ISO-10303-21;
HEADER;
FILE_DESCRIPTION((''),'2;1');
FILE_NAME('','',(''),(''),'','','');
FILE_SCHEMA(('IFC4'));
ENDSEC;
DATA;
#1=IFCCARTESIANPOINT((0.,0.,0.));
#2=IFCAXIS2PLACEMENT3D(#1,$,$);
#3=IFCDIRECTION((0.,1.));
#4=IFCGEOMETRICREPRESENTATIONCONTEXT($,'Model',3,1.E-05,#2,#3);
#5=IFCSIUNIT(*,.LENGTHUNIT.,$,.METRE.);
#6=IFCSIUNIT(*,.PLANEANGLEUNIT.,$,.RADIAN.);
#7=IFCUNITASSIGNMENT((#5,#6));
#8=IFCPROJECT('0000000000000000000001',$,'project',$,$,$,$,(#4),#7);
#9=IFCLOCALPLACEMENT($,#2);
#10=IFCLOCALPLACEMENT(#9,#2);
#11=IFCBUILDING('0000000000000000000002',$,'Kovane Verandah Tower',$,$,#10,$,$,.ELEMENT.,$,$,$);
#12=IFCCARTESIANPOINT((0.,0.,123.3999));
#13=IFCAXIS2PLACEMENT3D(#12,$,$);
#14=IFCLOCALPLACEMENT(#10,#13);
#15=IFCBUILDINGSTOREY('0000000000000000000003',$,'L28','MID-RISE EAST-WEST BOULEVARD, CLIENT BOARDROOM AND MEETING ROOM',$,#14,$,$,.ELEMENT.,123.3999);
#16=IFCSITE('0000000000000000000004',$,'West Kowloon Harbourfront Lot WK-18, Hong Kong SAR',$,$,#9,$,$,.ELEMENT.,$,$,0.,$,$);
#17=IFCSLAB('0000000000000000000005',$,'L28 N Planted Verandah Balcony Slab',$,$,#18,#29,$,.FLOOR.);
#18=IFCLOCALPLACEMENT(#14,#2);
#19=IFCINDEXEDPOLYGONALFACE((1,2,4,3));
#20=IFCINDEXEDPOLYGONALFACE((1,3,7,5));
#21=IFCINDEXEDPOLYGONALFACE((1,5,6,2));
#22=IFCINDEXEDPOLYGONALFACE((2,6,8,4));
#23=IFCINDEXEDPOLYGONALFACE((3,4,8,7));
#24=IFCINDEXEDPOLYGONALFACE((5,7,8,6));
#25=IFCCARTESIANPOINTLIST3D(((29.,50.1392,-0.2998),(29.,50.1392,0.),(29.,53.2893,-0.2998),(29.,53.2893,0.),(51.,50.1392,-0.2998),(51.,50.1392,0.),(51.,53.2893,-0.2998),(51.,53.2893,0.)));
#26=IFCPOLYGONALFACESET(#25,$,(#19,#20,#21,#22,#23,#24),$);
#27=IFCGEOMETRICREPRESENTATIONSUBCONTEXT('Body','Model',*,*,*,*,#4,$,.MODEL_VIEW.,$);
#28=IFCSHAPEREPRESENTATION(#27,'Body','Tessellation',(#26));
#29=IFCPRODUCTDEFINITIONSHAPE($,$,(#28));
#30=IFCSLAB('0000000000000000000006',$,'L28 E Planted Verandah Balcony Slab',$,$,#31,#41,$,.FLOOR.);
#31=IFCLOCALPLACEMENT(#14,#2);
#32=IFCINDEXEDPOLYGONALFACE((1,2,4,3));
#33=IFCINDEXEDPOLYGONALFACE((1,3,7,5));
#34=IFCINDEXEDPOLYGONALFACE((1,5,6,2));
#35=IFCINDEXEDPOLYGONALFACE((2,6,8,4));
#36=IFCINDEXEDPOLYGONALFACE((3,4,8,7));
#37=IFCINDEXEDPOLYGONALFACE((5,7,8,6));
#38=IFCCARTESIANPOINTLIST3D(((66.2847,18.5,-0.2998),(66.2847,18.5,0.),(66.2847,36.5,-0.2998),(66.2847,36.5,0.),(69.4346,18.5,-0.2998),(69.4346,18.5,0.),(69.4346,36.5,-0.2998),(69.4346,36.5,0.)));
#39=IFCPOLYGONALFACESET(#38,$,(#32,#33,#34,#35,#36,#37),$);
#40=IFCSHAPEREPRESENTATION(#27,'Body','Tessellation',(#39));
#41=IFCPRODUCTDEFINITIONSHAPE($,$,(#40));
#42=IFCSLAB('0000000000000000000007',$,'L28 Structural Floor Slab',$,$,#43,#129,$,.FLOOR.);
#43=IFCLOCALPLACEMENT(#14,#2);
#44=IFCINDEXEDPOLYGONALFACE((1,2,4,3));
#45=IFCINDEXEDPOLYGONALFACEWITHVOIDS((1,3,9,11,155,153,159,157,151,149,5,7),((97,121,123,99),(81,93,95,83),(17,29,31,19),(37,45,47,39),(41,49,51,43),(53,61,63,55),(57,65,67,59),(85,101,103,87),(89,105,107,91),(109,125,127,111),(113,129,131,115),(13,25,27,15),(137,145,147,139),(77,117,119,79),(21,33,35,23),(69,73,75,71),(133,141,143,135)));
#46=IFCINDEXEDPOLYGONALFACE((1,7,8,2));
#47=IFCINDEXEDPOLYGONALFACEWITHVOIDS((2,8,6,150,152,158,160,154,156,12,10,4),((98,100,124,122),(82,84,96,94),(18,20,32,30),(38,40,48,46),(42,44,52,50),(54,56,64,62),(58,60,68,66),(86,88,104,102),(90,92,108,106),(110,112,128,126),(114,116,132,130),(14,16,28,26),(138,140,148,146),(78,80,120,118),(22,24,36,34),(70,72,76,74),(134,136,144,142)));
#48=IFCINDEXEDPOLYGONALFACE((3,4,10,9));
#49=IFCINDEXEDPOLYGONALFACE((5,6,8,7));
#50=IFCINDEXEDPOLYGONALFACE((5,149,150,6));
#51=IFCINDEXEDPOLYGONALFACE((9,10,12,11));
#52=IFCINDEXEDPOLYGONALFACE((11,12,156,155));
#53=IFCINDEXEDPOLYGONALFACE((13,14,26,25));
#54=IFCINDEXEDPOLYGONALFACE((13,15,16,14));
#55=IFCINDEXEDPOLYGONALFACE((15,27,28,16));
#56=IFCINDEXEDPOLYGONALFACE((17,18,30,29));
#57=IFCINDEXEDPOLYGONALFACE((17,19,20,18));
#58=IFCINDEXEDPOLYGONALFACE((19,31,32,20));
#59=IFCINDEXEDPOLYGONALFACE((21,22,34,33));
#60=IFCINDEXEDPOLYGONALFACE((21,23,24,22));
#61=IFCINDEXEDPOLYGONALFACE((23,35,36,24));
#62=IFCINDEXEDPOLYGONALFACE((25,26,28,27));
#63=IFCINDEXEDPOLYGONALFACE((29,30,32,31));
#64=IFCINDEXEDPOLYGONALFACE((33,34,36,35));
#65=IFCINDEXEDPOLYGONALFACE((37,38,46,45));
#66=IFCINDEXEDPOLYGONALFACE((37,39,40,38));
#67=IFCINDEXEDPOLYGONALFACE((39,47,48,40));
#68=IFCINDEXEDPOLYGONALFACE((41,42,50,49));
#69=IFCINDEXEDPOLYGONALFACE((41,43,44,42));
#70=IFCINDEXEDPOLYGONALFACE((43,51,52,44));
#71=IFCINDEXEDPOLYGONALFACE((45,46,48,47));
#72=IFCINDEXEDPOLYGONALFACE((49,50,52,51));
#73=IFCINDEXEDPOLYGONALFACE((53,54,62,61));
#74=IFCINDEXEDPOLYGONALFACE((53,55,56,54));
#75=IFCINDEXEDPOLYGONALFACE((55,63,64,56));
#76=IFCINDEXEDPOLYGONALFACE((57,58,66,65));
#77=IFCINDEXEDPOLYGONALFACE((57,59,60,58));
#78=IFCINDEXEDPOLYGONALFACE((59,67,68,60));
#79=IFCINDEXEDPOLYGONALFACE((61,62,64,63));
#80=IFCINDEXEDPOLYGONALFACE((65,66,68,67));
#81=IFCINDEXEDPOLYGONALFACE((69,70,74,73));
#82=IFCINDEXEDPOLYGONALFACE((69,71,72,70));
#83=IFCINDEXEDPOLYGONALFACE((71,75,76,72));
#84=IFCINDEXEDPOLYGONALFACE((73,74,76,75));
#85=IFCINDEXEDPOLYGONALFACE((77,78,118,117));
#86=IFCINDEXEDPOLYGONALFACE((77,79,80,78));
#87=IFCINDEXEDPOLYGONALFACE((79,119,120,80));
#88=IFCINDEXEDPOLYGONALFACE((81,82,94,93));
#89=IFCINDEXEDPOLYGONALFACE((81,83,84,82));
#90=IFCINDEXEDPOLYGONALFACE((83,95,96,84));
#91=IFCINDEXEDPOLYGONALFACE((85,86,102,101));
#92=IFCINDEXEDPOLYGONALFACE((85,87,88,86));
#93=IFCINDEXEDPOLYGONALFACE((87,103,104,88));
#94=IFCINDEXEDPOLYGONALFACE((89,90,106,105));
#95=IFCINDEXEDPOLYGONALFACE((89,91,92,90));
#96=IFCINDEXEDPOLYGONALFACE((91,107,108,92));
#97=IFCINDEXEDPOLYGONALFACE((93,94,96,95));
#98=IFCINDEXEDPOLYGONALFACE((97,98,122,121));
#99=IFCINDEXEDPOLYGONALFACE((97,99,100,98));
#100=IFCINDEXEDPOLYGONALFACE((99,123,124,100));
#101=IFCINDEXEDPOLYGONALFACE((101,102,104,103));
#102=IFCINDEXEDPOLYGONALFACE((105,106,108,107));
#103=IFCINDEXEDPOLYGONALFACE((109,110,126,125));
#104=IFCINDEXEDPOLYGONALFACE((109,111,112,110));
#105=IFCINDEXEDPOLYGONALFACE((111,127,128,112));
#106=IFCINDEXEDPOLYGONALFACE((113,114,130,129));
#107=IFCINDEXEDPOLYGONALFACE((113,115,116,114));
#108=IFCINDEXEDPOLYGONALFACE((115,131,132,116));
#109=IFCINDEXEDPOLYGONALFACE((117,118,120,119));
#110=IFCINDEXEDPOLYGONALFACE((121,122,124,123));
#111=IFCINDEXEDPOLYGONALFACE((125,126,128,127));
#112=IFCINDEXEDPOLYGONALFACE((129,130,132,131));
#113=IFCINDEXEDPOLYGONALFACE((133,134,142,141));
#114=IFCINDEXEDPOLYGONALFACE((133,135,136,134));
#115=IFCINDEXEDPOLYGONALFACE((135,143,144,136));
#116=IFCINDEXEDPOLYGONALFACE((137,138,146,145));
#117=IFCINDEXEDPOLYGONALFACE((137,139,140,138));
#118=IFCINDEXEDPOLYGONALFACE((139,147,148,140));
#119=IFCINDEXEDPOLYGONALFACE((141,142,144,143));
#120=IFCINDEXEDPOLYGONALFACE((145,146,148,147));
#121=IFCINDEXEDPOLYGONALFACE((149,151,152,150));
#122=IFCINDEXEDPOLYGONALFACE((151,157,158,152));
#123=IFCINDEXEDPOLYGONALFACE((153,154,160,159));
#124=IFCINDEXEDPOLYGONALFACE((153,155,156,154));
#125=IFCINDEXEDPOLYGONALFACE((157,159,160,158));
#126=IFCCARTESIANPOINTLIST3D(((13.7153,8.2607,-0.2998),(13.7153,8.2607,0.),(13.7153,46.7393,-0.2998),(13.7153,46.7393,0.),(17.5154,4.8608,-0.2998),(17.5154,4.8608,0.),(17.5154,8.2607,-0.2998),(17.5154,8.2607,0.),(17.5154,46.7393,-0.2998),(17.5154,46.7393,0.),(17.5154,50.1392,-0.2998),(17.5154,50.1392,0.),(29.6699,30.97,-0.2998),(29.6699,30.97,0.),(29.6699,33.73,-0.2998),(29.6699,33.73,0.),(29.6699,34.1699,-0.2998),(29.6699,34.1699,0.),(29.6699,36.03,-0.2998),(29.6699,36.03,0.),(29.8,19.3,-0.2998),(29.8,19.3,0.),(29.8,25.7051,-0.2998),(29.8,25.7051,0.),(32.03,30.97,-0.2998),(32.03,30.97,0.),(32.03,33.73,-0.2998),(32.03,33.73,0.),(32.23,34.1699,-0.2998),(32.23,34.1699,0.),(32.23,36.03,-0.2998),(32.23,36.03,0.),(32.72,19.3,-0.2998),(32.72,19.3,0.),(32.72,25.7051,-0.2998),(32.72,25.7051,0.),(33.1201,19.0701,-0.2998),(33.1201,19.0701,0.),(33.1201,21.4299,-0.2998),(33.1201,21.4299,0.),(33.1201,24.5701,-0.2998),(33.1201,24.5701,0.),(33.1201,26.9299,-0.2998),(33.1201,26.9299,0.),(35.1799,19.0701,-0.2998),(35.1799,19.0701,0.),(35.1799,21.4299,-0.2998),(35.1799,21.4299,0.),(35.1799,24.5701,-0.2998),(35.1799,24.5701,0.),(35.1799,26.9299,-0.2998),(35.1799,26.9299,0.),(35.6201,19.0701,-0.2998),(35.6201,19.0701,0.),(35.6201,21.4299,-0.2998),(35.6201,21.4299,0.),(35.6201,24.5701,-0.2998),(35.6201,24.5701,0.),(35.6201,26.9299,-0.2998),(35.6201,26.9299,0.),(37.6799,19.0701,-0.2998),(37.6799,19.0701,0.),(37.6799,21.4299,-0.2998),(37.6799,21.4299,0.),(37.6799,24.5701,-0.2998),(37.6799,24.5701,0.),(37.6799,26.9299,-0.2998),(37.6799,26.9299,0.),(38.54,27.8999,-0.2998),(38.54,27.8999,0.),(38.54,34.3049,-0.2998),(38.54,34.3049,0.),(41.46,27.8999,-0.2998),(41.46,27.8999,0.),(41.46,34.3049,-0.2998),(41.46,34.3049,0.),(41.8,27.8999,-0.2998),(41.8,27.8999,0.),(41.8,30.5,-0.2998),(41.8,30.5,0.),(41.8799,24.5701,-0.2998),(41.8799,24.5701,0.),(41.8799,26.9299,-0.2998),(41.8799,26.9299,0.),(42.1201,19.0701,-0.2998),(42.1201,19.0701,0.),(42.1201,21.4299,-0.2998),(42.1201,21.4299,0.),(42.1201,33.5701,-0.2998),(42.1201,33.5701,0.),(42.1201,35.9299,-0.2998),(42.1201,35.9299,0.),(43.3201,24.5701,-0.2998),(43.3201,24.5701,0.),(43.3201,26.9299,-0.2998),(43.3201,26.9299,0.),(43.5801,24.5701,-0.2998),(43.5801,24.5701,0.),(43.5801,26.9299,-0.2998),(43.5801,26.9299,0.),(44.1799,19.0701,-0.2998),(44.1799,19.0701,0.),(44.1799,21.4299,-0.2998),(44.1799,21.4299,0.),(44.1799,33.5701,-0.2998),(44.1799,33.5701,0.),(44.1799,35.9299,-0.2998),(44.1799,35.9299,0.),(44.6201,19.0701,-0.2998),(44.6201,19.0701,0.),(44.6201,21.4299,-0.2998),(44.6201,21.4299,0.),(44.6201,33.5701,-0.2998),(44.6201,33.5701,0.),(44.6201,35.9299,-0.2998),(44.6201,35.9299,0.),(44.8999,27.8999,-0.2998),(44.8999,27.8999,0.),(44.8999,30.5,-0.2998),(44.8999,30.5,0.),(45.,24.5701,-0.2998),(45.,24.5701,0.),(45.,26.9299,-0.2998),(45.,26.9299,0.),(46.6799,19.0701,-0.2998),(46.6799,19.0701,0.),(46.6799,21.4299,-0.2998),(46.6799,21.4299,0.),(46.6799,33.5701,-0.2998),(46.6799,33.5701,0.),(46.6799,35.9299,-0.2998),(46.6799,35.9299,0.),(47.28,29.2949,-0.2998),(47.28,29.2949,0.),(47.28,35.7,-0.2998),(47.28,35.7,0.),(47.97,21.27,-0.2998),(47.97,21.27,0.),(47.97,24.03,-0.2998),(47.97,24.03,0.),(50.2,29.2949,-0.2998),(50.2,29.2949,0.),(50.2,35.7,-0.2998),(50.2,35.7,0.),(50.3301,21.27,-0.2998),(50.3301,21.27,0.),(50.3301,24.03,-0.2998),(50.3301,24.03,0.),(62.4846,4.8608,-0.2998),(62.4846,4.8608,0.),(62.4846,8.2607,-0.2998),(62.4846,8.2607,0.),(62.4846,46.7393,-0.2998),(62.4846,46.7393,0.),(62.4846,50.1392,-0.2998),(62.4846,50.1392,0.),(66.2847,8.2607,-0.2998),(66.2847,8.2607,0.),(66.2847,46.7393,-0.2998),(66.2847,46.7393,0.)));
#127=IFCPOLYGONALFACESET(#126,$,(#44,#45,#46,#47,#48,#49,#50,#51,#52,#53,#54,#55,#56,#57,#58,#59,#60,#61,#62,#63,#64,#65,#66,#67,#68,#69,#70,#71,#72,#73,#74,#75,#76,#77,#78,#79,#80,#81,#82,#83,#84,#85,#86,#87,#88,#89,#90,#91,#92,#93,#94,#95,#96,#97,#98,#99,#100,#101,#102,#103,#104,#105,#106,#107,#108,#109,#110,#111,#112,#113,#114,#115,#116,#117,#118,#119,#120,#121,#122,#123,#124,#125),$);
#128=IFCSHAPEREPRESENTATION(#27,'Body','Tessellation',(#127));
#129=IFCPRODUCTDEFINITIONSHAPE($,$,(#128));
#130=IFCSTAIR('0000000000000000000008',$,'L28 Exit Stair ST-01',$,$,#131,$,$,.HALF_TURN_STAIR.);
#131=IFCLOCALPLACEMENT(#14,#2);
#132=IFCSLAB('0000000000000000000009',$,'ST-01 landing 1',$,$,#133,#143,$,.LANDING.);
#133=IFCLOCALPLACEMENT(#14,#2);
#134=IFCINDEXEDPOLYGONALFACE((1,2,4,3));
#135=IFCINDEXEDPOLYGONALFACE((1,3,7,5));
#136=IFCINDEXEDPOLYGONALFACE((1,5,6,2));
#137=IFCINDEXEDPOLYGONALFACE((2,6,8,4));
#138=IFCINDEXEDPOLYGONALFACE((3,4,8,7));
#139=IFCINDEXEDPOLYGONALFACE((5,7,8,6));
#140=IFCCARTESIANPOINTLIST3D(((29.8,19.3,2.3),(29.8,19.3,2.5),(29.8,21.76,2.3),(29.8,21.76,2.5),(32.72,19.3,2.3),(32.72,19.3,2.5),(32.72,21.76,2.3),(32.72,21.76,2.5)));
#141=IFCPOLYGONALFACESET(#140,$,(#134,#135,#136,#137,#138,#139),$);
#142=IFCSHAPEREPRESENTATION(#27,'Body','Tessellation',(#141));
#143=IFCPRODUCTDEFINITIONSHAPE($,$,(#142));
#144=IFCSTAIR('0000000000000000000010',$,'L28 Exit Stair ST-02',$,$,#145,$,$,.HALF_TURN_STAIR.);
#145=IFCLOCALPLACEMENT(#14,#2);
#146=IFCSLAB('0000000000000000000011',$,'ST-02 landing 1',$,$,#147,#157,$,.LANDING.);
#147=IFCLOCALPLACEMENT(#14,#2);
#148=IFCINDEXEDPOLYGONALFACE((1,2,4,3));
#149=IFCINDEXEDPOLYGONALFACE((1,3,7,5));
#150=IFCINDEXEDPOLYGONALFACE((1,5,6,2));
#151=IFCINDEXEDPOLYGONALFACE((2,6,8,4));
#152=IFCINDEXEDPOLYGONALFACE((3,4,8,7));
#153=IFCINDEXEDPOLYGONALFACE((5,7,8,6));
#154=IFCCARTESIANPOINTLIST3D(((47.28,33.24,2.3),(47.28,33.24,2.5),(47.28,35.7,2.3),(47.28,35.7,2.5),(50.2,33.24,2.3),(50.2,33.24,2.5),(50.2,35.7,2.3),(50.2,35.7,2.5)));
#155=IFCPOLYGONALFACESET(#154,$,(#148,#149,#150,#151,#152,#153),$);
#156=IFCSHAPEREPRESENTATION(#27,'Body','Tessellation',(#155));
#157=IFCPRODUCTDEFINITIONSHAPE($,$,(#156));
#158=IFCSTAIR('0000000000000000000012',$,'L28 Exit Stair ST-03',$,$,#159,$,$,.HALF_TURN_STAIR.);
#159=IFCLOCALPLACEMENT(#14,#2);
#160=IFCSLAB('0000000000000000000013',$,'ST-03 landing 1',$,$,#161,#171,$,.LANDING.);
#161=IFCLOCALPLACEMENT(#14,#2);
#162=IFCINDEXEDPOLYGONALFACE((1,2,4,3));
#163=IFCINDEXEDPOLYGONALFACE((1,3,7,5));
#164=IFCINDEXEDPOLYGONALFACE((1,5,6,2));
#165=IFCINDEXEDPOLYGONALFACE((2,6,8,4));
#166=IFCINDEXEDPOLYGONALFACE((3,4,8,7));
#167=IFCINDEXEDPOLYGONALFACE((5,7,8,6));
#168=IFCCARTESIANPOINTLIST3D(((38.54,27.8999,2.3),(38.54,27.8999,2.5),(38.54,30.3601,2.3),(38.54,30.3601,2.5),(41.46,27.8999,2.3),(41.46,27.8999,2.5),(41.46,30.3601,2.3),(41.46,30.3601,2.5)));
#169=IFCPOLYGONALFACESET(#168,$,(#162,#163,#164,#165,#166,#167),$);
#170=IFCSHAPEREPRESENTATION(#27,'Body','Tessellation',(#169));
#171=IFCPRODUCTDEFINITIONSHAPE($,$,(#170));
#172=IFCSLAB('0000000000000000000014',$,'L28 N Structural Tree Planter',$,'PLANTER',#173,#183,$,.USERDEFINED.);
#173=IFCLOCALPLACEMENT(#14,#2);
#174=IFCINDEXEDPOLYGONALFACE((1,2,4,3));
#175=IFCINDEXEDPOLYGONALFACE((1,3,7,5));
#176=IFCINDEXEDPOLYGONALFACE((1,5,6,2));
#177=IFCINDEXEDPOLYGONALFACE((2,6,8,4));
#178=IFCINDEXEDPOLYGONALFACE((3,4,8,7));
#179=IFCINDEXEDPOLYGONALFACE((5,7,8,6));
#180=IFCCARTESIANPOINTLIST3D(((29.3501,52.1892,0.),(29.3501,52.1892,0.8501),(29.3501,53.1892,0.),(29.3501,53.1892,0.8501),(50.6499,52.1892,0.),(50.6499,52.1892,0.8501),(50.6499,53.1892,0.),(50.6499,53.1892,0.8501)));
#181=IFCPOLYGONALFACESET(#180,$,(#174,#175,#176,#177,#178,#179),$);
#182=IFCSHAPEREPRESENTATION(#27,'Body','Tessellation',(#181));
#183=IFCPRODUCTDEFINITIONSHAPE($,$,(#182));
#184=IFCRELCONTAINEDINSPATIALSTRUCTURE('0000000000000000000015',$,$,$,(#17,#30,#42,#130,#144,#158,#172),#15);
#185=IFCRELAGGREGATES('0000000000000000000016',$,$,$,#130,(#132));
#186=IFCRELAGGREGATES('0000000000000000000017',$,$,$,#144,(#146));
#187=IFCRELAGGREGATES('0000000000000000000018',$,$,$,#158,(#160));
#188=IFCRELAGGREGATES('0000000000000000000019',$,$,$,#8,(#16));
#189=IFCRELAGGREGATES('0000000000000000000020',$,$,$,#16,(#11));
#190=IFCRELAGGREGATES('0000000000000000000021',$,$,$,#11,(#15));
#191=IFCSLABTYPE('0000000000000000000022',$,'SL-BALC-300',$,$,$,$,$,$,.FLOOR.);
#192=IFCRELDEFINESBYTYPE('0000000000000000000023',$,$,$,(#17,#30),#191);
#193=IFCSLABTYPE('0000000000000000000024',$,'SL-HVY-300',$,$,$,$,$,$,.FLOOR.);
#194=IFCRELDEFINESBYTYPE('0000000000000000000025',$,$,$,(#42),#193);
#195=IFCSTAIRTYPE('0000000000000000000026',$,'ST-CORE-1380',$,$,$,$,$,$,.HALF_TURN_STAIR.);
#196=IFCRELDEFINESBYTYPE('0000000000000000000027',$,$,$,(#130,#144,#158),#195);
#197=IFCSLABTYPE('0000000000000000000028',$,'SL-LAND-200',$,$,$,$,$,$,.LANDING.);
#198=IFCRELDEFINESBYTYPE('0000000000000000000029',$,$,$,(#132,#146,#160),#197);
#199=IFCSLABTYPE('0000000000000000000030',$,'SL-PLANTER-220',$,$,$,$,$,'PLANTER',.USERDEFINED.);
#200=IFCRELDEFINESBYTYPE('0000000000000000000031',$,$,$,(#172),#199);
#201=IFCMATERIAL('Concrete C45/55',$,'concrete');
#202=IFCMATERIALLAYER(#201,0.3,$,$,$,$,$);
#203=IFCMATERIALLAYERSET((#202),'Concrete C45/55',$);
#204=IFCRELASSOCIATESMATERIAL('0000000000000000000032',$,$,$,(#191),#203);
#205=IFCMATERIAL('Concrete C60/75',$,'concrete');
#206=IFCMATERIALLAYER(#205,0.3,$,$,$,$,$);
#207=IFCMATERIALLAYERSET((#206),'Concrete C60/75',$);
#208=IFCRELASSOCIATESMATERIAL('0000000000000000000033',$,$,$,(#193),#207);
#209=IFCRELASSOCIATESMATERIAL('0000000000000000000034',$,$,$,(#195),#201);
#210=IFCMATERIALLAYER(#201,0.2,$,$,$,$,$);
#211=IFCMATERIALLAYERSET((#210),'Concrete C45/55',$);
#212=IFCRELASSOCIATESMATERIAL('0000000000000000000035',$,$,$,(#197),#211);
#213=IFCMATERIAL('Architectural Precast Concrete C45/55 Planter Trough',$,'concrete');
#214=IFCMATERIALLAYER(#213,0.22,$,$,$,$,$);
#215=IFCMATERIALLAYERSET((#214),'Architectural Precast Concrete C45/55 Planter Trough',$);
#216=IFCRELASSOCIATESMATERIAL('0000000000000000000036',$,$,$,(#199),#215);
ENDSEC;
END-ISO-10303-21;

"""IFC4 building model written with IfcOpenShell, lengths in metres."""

from ifc_helpers import new_model, si_unit, direction, frame, origin, place, context, subcontext, project, spatial, polyline, outline, extrude, material, layer, layer_set, type_object, element, aggregate, save


model = new_model("IFC4")

# Units and contexts
model_context = context("Model", 3, precision=1e-05, world=origin(), true_north=direction((0.0, 1.0)))
body_context = subcontext(model_context, "Body", "Model", "MODEL_VIEW")
ifc_project = project(units=[si_unit("LENGTHUNIT", "METRE"), si_unit("PLANEANGLEUNIT", "RADIAN")], contexts=[model_context])

# Site, building, storey
site_placement = place(None, origin())
site = spatial("IfcSite", under=ifc_project, at=site_placement, Name="West Kowloon Harbourfront Lot WK-18, Hong Kong SAR", CompositionType="ELEMENT", RefElevation=0.0)
building_placement = place(site_placement, origin())
building = spatial("IfcBuilding", under=site, at=building_placement, Name="Kovane Verandah Tower", CompositionType="ELEMENT")
storey_placement = place(building_placement, frame((0.0, 0.0, 123.3999)))
storey = spatial("IfcBuildingStorey", under=building, at=storey_placement, Name="L28", Description="MID-RISE EAST-WEST BOULEVARD, CLIENT BOARDROOM AND MEETING ROOM", CompositionType="ELEMENT", Elevation=123.3999)

# Slabs
ifc_material_1 = material(Name="Concrete C45/55", Category="concrete")
ifc_layer_1 = layer(ifc_material_1, 0.3)
ifc_layer_set_1 = layer_set([ifc_layer_1], Name="Concrete C45/55")
slab_type_1 = type_object("IfcSlabType", Name="SL-BALC-300", PredefinedType="FLOOR", material=ifc_layer_set_1)
slab_1_placement = place(storey_placement, frame((0.0, 0.0, -0.2998)))
element("IfcSlab", 1, at=slab_1_placement, inside=storey, type_object=slab_type_1, Name="L28 N Planted Verandah Balcony Slab", PredefinedType="FLOOR", context=body_context, shape_type="SweptSolid", body=[
    extrude(outline(polyline([(29.0, 50.1392), (51.0, 50.1392), (51.0, 53.2893), (29.0, 53.2893), (29.0, 50.1392)])), origin(), (0.0, 0.0, 1.0), 0.2998),
])
slab_2_placement = place(storey_placement, frame((0.0, 0.0, -0.2998)))
element("IfcSlab", 2, at=slab_2_placement, inside=storey, type_object=slab_type_1, Name="L28 E Planted Verandah Balcony Slab", PredefinedType="FLOOR", context=body_context, shape_type="SweptSolid", body=[
    extrude(outline(polyline([(66.2847, 18.5), (69.4346, 18.5), (69.4346, 36.5), (66.2847, 36.5), (66.2847, 18.5)])), origin(), (0.0, 0.0, 1.0), 0.2998),
])
ifc_material_2 = material(Name="Concrete C60/75", Category="concrete")
ifc_layer_2 = layer(ifc_material_2, 0.3)
ifc_layer_set_2 = layer_set([ifc_layer_2], Name="Concrete C60/75")
slab_type_2 = type_object("IfcSlabType", Name="SL-HVY-300", PredefinedType="FLOOR", material=ifc_layer_set_2)
slab_3_placement = place(storey_placement, frame((0.0, 0.0, -0.2998)))
element("IfcSlab", 3, at=slab_3_placement, inside=storey, type_object=slab_type_2, Name="L28 Structural Floor Slab", PredefinedType="FLOOR", context=body_context, shape_type="SweptSolid", body=[
    extrude(outline(polyline([(17.5154, 4.8608), (62.4846, 4.8608), (62.4846, 8.2607), (66.2847, 8.2607), (66.2847, 46.7393), (62.4846, 46.7393), (62.4846, 50.1392), (17.5154, 50.1392), (17.5154, 46.7393), (13.7153, 46.7393), (13.7153, 8.2607), (17.5154, 8.2607), (17.5154, 4.8608)]), holes=[polyline([(29.8, 19.3), (32.72, 19.3), (32.72, 25.7051), (29.8, 25.7051), (29.8, 19.3)]), polyline([(47.28, 29.2949), (50.2, 29.2949), (50.2, 35.7), (47.28, 35.7), (47.28, 29.2949)]), polyline([(38.54, 27.8999), (41.46, 27.8999), (41.46, 34.3049), (38.54, 34.3049), (38.54, 27.8999)]), polyline([(29.6699, 30.97), (32.03, 30.97), (32.03, 33.73), (29.6699, 33.73), (29.6699, 30.97)]), polyline([(47.97, 21.27), (50.3301, 21.27), (50.3301, 24.03), (47.97, 24.03), (47.97, 21.27)]), polyline([(29.6699, 34.1699), (32.23, 34.1699), (32.23, 36.03), (29.6699, 36.03), (29.6699, 34.1699)]), polyline([(33.1201, 19.0701), (35.1799, 19.0701), (35.1799, 21.4299), (33.1201, 21.4299), (33.1201, 19.0701)]), polyline([(35.6201, 19.0701), (37.6799, 19.0701), (37.6799, 21.4299), (35.6201, 21.4299), (35.6201, 19.0701)]), polyline([(33.1201, 24.5701), (35.1799, 24.5701), (35.1799, 26.9299), (33.1201, 26.9299), (33.1201, 24.5701)]), polyline([(35.6201, 24.5701), (37.6799, 24.5701), (37.6799, 26.9299), (35.6201, 26.9299), (35.6201, 24.5701)]), polyline([(42.1201, 19.0701), (44.1799, 19.0701), (44.1799, 21.4299), (42.1201, 21.4299), (42.1201, 19.0701)]), polyline([(44.6201, 19.0701), (46.6799, 19.0701), (46.6799, 21.4299), (44.6201, 21.4299), (44.6201, 19.0701)]), polyline([(41.8799, 24.5701), (43.3201, 24.5701), (43.3201, 26.9299), (41.8799, 26.9299), (41.8799, 24.5701)]), polyline([(43.5801, 24.5701), (45.0, 24.5701), (45.0, 26.9299), (43.5801, 26.9299), (43.5801, 24.5701)]), polyline([(42.1201, 33.5701), (44.1799, 33.5701), (44.1799, 35.9299), (42.1201, 35.9299), (42.1201, 33.5701)]), polyline([(44.6201, 33.5701), (46.6799, 33.5701), (46.6799, 35.9299), (44.6201, 35.9299), (44.6201, 33.5701)]), polyline([(41.8, 27.8999), (44.8999, 27.8999), (44.8999, 30.5), (41.8, 30.5), (41.8, 27.8999)])]), origin(), (0.0, 0.0, 1.0), 0.2998),
])

# Stairs, slabs
stair_type = type_object("IfcStairType", Name="ST-CORE-1380", PredefinedType="HALF_TURN_STAIR", material=ifc_material_1)
stair_1_placement = place(storey_placement, origin())
stair_1 = element("IfcStair", 4, at=stair_1_placement, inside=storey, type_object=stair_type, Name="L28 Exit Stair ST-01", PredefinedType="HALF_TURN_STAIR")
ifc_layer_3 = layer(ifc_material_1, 0.2)
ifc_layer_set_3 = layer_set([ifc_layer_3], Name="Concrete C45/55")
slab_type_3 = type_object("IfcSlabType", Name="SL-LAND-200", PredefinedType="LANDING", material=ifc_layer_set_3)
slab_4_placement = place(storey_placement, frame((0.0, 0.0, 2.3)))
slab_4 = element("IfcSlab", 5, at=slab_4_placement, type_object=slab_type_3, Name="ST-01 landing 1", PredefinedType="LANDING", context=body_context, shape_type="SweptSolid", body=[
    extrude(outline(polyline([(29.8, 21.76), (29.8, 19.3), (32.72, 19.3), (32.72, 21.76), (29.8, 21.76)])), origin(), (0.0, 0.0, 1.0), 0.2),
])
aggregate(stair_1, [slab_4])
stair_2_placement = place(storey_placement, origin())
stair_2 = element("IfcStair", 6, at=stair_2_placement, inside=storey, type_object=stair_type, Name="L28 Exit Stair ST-02", PredefinedType="HALF_TURN_STAIR")
slab_5_placement = place(storey_placement, frame((0.0, 0.0, 2.3)))
slab_5 = element("IfcSlab", 7, at=slab_5_placement, type_object=slab_type_3, Name="ST-02 landing 1", PredefinedType="LANDING", context=body_context, shape_type="SweptSolid", body=[
    extrude(outline(polyline([(50.2, 33.24), (50.2, 35.7), (47.28, 35.7), (47.28, 33.24), (50.2, 33.24)])), origin(), (0.0, 0.0, 1.0), 0.2),
])
aggregate(stair_2, [slab_5])
stair_3_placement = place(storey_placement, origin())
stair_3 = element("IfcStair", 8, at=stair_3_placement, inside=storey, type_object=stair_type, Name="L28 Exit Stair ST-03", PredefinedType="HALF_TURN_STAIR")
slab_6_placement = place(storey_placement, frame((0.0, 0.0, 2.3)))
slab_6 = element("IfcSlab", 9, at=slab_6_placement, type_object=slab_type_3, Name="ST-03 landing 1", PredefinedType="LANDING", context=body_context, shape_type="SweptSolid", body=[
    extrude(outline(polyline([(38.54, 30.3601), (38.54, 27.8999), (41.46, 27.8999), (41.46, 30.3601), (38.54, 30.3601)])), origin(), (0.0, 0.0, 1.0), 0.2),
])
aggregate(stair_3, [slab_6])

# Slab
ifc_material_3 = material(Name="Architectural Precast Concrete C45/55 Planter Trough", Category="concrete")
ifc_layer_4 = layer(ifc_material_3, 0.22)
ifc_layer_set_4 = layer_set([ifc_layer_4], Name="Architectural Precast Concrete C45/55 Planter Trough")
slab_type_4 = type_object("IfcSlabType", Name="SL-PLANTER-220", ElementType="PLANTER", PredefinedType="USERDEFINED", material=ifc_layer_set_4)
slab_7_placement = place(storey_placement, origin())
element("IfcSlab", 10, at=slab_7_placement, inside=storey, type_object=slab_type_4, Name="L28 N Structural Tree Planter", ObjectType="PLANTER", PredefinedType="USERDEFINED", context=body_context, shape_type="SweptSolid", body=[
    extrude(outline(polyline([(29.3501, 52.1892), (50.6499, 52.1892), (50.6499, 53.1892), (29.3501, 53.1892), (29.3501, 52.1892)])), origin(), (0.0, 0.0, 1.0), 0.8501),
])

save(model, "model.ifc")
